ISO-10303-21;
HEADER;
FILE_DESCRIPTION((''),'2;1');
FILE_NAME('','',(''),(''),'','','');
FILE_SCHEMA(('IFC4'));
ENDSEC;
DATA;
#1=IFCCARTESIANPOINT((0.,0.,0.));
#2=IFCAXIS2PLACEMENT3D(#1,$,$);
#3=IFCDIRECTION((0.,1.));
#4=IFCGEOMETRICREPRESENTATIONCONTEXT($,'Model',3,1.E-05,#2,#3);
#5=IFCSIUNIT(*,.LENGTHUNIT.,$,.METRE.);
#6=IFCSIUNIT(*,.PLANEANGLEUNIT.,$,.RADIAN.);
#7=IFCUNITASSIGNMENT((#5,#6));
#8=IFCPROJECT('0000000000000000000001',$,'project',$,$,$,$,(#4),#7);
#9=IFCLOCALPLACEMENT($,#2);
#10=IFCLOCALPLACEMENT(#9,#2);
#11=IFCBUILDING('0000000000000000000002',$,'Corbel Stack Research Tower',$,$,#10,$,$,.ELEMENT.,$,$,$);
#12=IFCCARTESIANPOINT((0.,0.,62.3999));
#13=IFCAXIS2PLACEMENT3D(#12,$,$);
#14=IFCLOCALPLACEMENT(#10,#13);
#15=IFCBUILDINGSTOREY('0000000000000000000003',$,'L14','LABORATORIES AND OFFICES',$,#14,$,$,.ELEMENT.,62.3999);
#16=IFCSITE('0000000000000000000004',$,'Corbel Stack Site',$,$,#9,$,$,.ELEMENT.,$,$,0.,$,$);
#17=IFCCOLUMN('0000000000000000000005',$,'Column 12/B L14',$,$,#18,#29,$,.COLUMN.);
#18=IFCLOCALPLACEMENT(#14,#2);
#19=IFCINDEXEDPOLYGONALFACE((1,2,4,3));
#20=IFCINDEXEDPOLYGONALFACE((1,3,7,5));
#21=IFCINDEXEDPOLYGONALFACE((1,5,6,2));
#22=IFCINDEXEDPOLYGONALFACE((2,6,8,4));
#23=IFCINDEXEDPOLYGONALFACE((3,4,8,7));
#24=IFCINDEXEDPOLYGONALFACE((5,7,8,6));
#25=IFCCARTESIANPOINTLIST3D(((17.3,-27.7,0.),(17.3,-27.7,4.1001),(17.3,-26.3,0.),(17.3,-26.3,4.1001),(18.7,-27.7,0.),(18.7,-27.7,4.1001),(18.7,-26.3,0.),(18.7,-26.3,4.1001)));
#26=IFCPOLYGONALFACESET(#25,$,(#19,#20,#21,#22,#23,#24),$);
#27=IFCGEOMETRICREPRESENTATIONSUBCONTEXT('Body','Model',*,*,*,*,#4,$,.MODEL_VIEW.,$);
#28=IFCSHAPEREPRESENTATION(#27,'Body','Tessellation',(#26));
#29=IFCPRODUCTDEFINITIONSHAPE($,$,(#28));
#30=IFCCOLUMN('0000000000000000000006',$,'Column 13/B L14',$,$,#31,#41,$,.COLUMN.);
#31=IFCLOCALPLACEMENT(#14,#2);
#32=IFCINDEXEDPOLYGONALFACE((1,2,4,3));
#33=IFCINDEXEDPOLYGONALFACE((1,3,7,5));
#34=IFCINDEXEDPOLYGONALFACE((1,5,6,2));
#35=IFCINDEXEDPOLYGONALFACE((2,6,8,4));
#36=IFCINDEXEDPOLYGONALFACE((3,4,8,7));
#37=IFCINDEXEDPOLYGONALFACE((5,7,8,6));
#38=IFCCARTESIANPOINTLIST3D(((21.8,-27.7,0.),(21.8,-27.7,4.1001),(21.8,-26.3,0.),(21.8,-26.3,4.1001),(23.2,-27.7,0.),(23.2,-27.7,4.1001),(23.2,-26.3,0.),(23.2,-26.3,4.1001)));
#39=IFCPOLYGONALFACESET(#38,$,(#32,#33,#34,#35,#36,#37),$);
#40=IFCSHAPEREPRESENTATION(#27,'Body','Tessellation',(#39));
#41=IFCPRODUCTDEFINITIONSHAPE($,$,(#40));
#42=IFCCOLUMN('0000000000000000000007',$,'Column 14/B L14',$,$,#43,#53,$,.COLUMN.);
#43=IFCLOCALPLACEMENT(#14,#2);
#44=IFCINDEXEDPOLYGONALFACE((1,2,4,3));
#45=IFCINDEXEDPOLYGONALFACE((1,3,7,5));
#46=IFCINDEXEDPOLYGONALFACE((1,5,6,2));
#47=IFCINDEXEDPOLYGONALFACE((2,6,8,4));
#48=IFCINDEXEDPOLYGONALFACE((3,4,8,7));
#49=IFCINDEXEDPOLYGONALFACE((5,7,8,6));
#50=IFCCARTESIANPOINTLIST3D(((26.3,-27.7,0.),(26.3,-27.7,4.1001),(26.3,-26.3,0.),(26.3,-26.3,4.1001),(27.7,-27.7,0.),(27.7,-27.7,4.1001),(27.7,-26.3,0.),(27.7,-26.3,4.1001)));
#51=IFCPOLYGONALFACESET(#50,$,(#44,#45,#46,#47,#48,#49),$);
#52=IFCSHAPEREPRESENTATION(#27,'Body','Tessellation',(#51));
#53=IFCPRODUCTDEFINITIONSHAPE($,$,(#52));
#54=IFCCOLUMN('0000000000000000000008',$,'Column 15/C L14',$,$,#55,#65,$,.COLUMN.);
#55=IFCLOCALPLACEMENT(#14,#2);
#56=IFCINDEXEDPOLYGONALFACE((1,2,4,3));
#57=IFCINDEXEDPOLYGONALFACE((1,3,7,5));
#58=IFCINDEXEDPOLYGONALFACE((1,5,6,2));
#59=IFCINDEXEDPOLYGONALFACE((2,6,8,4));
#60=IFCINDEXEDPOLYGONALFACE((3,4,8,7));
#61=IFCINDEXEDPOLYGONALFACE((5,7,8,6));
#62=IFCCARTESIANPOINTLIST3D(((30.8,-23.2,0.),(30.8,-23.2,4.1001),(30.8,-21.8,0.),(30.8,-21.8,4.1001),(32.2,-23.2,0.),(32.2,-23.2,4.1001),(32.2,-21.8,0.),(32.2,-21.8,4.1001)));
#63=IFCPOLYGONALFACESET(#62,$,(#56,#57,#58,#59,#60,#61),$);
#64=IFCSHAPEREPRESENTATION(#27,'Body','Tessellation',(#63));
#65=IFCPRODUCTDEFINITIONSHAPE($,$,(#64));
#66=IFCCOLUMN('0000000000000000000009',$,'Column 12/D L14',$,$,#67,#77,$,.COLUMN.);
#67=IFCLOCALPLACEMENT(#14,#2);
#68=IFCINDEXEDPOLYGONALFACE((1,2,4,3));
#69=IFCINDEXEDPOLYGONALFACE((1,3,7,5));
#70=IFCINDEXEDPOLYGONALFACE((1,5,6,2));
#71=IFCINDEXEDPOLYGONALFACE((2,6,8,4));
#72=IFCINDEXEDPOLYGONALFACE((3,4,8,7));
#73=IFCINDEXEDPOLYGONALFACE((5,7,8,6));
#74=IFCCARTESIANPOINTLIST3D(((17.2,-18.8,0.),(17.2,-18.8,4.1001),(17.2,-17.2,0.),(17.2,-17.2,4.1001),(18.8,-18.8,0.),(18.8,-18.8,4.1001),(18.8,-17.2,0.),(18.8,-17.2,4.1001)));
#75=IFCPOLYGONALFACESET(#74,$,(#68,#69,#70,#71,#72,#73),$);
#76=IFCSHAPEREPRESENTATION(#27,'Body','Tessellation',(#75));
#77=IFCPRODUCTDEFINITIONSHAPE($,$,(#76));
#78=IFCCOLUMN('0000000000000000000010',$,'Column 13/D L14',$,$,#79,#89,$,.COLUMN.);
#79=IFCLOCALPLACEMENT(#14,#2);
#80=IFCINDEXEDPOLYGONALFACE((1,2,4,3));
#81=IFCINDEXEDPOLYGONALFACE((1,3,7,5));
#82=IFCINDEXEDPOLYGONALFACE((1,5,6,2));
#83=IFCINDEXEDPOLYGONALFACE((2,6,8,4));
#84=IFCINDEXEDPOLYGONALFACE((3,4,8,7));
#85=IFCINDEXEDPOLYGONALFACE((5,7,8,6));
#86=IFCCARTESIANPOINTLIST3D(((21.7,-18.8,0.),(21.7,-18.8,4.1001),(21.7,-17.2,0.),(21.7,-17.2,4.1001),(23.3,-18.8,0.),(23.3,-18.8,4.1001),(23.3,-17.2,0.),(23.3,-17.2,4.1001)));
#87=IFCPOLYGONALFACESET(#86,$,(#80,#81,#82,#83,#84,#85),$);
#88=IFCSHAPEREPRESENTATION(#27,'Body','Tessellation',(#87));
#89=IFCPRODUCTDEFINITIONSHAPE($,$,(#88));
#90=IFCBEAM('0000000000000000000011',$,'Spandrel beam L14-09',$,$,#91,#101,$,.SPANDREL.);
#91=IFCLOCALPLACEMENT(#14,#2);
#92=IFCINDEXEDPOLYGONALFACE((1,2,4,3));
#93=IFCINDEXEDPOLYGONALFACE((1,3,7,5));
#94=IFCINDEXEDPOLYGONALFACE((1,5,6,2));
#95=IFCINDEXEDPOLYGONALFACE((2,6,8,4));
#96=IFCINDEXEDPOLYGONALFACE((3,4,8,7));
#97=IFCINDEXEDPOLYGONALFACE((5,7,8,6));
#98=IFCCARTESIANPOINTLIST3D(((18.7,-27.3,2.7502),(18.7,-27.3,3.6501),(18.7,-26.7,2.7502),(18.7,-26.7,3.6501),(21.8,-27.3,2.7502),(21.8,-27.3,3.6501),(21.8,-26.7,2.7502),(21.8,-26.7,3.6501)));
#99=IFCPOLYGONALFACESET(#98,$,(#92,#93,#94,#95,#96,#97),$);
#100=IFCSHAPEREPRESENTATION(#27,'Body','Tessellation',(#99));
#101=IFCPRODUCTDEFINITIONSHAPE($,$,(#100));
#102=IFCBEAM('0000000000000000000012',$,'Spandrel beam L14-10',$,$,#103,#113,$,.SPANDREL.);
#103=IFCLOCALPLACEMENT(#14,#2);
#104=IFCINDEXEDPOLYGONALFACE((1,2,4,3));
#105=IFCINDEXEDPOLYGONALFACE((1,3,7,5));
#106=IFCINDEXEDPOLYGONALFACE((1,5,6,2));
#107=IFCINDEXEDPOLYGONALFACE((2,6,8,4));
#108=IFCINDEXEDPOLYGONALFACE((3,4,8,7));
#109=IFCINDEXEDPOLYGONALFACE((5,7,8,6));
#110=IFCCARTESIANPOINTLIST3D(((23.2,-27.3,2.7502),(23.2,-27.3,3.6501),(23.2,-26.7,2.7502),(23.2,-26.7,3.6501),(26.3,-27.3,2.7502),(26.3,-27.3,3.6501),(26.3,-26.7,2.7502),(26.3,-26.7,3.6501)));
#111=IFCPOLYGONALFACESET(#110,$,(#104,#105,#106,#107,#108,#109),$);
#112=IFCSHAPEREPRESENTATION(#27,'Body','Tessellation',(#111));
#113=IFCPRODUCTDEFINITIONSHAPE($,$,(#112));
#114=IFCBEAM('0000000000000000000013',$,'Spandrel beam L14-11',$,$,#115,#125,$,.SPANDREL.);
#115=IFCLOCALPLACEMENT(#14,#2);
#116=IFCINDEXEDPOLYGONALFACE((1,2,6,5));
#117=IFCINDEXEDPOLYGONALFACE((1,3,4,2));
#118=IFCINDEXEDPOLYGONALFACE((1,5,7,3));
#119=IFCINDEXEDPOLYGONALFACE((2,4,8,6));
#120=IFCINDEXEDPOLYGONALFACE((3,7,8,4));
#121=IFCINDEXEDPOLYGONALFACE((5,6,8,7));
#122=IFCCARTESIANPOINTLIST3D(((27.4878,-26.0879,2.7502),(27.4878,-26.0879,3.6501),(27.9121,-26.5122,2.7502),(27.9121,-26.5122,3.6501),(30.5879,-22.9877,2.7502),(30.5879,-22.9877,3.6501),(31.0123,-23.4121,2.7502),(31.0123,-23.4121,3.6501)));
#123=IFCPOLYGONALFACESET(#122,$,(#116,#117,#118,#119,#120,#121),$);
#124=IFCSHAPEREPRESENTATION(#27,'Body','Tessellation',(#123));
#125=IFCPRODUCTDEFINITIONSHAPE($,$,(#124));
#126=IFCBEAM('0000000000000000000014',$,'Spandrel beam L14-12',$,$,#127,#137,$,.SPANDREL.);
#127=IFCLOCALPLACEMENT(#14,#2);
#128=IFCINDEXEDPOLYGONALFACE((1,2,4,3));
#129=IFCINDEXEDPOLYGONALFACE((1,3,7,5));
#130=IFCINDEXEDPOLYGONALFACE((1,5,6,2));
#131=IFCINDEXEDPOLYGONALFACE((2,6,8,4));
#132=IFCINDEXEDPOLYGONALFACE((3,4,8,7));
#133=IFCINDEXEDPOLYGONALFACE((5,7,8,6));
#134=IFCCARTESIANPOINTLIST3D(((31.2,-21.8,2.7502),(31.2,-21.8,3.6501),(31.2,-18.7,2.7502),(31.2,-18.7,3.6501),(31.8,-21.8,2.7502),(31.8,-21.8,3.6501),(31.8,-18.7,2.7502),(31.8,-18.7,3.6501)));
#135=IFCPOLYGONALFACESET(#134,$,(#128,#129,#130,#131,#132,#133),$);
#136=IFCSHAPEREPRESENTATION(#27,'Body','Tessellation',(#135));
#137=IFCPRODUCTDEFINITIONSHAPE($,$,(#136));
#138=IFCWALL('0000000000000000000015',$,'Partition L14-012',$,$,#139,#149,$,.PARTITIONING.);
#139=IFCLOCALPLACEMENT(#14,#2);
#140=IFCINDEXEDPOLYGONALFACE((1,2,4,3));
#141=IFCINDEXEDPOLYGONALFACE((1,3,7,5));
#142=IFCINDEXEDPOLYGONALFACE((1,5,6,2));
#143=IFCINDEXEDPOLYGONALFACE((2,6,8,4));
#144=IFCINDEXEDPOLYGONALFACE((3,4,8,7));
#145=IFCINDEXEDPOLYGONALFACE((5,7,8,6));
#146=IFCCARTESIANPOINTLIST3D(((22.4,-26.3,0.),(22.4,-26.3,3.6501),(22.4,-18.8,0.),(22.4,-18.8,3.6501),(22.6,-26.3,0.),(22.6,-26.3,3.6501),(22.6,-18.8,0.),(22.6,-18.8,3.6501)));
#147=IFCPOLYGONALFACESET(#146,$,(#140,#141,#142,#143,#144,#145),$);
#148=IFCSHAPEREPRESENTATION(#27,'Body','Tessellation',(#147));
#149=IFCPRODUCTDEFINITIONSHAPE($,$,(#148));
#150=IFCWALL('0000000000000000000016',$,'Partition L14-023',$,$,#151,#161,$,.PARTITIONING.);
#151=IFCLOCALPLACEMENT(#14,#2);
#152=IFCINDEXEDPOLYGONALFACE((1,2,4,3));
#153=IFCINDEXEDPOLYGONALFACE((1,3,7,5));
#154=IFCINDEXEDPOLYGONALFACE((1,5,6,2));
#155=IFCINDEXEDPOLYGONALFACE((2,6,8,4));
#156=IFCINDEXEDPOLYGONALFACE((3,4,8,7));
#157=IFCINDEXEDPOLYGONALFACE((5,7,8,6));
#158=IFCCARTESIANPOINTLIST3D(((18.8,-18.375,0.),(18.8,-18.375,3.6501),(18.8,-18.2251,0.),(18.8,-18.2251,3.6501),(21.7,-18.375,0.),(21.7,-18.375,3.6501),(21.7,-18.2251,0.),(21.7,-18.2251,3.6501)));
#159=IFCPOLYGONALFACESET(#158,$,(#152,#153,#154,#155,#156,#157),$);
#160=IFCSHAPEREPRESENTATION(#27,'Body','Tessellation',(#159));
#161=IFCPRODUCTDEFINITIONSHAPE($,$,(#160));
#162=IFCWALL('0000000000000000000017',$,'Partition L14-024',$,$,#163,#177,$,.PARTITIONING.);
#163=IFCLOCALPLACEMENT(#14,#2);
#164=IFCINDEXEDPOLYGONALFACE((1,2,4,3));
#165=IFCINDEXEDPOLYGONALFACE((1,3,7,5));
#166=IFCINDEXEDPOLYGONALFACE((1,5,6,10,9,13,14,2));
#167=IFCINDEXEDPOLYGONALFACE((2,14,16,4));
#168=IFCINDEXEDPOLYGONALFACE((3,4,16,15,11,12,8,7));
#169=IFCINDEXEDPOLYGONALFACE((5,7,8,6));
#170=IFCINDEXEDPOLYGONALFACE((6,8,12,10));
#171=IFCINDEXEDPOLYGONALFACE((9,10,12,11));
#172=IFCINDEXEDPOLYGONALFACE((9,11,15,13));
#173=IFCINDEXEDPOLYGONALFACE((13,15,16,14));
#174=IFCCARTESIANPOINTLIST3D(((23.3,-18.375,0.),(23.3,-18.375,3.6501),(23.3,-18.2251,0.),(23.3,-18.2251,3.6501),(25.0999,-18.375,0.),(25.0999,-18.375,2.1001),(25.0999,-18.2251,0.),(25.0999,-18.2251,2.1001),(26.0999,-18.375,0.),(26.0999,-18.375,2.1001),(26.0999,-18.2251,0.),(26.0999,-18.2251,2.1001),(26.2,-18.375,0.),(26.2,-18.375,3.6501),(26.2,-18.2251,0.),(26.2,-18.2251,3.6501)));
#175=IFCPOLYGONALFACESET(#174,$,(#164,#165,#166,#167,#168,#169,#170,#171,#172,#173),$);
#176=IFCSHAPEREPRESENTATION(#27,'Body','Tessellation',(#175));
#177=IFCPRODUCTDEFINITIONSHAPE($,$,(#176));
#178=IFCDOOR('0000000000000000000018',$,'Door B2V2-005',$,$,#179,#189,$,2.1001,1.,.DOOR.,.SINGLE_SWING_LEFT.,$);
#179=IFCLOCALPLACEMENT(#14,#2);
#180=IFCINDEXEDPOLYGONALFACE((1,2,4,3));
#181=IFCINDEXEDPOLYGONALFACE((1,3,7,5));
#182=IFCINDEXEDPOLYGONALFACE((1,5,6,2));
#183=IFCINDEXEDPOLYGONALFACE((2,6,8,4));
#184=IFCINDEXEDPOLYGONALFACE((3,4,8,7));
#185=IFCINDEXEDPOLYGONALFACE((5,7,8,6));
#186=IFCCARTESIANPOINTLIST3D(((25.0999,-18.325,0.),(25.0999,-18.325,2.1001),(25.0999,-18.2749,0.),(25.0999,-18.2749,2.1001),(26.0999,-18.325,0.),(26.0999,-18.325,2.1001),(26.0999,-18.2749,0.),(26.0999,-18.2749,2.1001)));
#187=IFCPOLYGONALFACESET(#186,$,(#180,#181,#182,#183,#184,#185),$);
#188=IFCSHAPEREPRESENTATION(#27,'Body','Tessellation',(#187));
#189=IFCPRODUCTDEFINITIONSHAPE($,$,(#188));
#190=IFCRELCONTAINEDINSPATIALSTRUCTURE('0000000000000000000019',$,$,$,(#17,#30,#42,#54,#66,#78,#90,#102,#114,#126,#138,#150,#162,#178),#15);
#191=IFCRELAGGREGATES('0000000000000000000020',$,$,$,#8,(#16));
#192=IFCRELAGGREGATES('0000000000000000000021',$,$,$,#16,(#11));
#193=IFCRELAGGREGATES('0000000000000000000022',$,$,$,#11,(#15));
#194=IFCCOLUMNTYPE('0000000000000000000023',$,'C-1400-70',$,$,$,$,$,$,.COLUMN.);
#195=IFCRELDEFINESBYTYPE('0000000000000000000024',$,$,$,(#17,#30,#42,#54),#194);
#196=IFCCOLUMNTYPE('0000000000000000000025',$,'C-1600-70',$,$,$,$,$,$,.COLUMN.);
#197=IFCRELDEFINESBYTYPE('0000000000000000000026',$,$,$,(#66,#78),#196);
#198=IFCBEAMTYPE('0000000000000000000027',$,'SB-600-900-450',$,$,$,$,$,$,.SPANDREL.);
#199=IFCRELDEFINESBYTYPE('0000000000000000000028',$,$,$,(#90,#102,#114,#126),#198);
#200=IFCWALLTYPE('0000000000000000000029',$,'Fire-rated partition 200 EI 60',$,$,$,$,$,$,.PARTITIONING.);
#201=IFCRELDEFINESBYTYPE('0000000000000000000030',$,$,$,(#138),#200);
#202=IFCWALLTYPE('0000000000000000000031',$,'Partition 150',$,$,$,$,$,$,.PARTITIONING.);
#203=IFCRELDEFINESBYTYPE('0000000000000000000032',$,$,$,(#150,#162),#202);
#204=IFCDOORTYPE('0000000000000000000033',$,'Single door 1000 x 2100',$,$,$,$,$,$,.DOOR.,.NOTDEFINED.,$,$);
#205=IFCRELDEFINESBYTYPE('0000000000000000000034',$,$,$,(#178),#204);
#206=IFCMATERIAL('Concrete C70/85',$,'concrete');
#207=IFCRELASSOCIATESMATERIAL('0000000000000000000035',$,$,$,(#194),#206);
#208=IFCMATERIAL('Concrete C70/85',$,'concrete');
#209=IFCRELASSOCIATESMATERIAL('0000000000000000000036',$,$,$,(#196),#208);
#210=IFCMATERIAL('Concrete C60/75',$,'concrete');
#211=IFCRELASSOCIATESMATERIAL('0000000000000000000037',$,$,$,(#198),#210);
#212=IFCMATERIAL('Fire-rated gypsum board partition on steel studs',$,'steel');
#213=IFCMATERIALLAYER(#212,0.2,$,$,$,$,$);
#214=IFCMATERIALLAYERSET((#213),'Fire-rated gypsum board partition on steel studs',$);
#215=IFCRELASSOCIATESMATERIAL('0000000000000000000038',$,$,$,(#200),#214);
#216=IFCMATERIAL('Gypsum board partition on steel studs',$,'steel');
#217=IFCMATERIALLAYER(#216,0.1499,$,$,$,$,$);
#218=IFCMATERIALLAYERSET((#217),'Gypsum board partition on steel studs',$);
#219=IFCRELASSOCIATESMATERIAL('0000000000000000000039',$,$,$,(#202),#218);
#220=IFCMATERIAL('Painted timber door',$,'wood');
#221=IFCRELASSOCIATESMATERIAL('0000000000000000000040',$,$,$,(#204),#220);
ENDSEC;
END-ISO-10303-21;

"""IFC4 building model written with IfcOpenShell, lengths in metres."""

from ifc_helpers import new_model, si_unit, direction, frame, frame_2d, origin, origin_2d, place, context, subcontext, project, spatial, rectangle, extrude, material, layer, layer_set, material_profile, profile_set, type_object, element, fill, save


model = new_model("IFC4")

# Units and contexts
model_context = context("Model", 3, precision=1e-05, world=origin(), true_north=direction((0.0, 1.0)))
body_context = subcontext(model_context, "Body", "Model", "MODEL_VIEW")
ifc_project = project(units=[si_unit("LENGTHUNIT", "METRE"), si_unit("PLANEANGLEUNIT", "RADIAN")], contexts=[model_context])

# Site, building, storey
site_placement = place(None, origin())
site = spatial("IfcSite", under=ifc_project, at=site_placement, Name="Corbel Stack Site", CompositionType="ELEMENT", RefElevation=0.0)
building_placement = place(site_placement, origin())
building = spatial("IfcBuilding", under=site, at=building_placement, Name="Corbel Stack Research Tower", CompositionType="ELEMENT")
storey_placement = place(building_placement, frame((0.0, 0.0, 62.3999)))
storey = spatial("IfcBuildingStorey", under=building, at=storey_placement, Name="L14", Description="LABORATORIES AND OFFICES", CompositionType="ELEMENT", Elevation=62.3999)

# Columns
ifc_material_1 = material(Name="Concrete C70/85", Category="concrete")
ifc_material_profile_1 = material_profile(ifc_material_1, rectangle(XDim=1.3999, YDim=1.3999, at=origin_2d()), Name="RC 1400 x 1400")
ifc_profile_set_1 = profile_set([ifc_material_profile_1], Name="Concrete C70/85")
column_type_1 = type_object("IfcColumnType", Name="C-1400-70", PredefinedType="COLUMN", material=ifc_profile_set_1)
for number, where, z_axis, x_axis, name in (
    (1, (18.0, -27.0, 0.0), (0.0, 0.0, 1.0), (1.0, 0.0, 0.0), "Column 12/B L14"),
    (2, (22.5, -27.0, 0.0), (0.0, 0.0, 1.0), (1.0, 0.0, 0.0), "Column 13/B L14"),
    (3, (27.0, -27.0, 0.0), (0.0, 0.0, 1.0), (1.0, 0.0, 0.0), "Column 14/B L14"),
    (4, (31.5, -22.5, 0.0), (0.0, 0.0, 1.0), (1.0, 0.0, 0.0), "Column 15/C L14"),
):
    element("IfcColumn", number, at=place(storey_placement, frame(where, z_axis=z_axis, x_axis=x_axis)), inside=storey, type_object=column_type_1, Name=name, PredefinedType="COLUMN", context=body_context, shape_type="SweptSolid", body=[
        extrude(rectangle(XDim=1.3999, YDim=1.3999, at=origin_2d()), origin(), (0.0, 0.0, 1.0), 4.1001),
    ])
ifc_material_2 = material(Name="Concrete C70/85", Category="concrete")
ifc_material_profile_2 = material_profile(ifc_material_2, rectangle(XDim=1.6001, YDim=1.6001, at=origin_2d()), Name="RC 1600 x 1600")
ifc_profile_set_2 = profile_set([ifc_material_profile_2], Name="Concrete C70/85")
column_type_2 = type_object("IfcColumnType", Name="C-1600-70", PredefinedType="COLUMN", material=ifc_profile_set_2)
for number, where, z_axis, x_axis, name in (
    (5, (18.0, -18.0, 0.0), (0.0, 0.0, 1.0), (1.0, 0.0, 0.0), "Column 12/D L14"),
    (6, (22.5, -18.0, 0.0), (0.0, 0.0, 1.0), (1.0, 0.0, 0.0), "Column 13/D L14"),
):
    element("IfcColumn", number, at=place(storey_placement, frame(where, z_axis=z_axis, x_axis=x_axis)), inside=storey, type_object=column_type_2, Name=name, PredefinedType="COLUMN", context=body_context, shape_type="SweptSolid", body=[
        extrude(rectangle(XDim=1.6001, YDim=1.6001, at=origin_2d()), origin(), (0.0, 0.0, 1.0), 4.1001),
    ])

# Beams
ifc_material_3 = material(Name="Concrete C60/75", Category="concrete")
ifc_material_profile_3 = material_profile(ifc_material_3, rectangle(XDim=0.6001, YDim=0.8999, at=origin_2d()), Name="RC 600 x 900")
ifc_profile_set_3 = profile_set([ifc_material_profile_3], Name="Concrete C60/75")
beam_type = type_object("IfcBeamType", Name="SB-600-900-450", PredefinedType="SPANDREL", material=ifc_profile_set_3)
for number, where, z_axis, x_axis, name in (
    (7, (18.7, -27.0, 3.2002), (1.0, 0.0, 0.0), (0.0, 1.0, 0.0), "Spandrel beam L14-09"),
    (8, (23.2, -27.0, 3.2002), (1.0, 0.0, 0.0), (0.0, 1.0, 0.0), "Spandrel beam L14-10"),
):
    element("IfcBeam", number, at=place(storey_placement, frame(where, z_axis=z_axis, x_axis=x_axis)), inside=storey, type_object=beam_type, Name=name, PredefinedType="SPANDREL", context=body_context, shape_type="SweptSolid", body=[
        extrude(rectangle(XDim=0.6001, YDim=0.8999, at=origin_2d()), origin(), (0.0, 0.0, 1.0), 3.1001),
    ])
beam_1_placement = place(storey_placement, frame((27.7, -26.3, 3.2002), z_axis=(0.707107, 0.707107, 0.0), x_axis=(-0.707107, 0.707107, 0.0)))
element("IfcBeam", 9, at=beam_1_placement, inside=storey, type_object=beam_type, Name="Spandrel beam L14-11", PredefinedType="SPANDREL", context=body_context, shape_type="SweptSolid", body=[
    extrude(rectangle(XDim=0.6001, YDim=0.8999, at=origin_2d()), origin(), (0.0, 0.0, 1.0), 4.3843),
])
beam_2_placement = place(storey_placement, frame((31.5, -21.8, 3.2002), z_axis=(0.0, 1.0, 0.0), x_axis=(-1.0, 0.0, 0.0)))
element("IfcBeam", 10, at=beam_2_placement, inside=storey, type_object=beam_type, Name="Spandrel beam L14-12", PredefinedType="SPANDREL", context=body_context, shape_type="SweptSolid", body=[
    extrude(rectangle(XDim=0.6001, YDim=0.8999, at=origin_2d()), origin(), (0.0, 0.0, 1.0), 3.1001),
])

# Walls
ifc_material_4 = material(Name="Fire-rated gypsum board partition on steel studs", Category="steel")
ifc_layer_1 = layer(ifc_material_4, 0.2)
ifc_layer_set_1 = layer_set([ifc_layer_1], Name="Fire-rated gypsum board partition on steel studs")
wall_type_1 = type_object("IfcWallType", Name="Fire-rated partition 200 EI 60", PredefinedType="PARTITIONING", material=ifc_layer_set_1)
wall_1_placement = place(storey_placement, frame((22.5, -26.3, 0.0), z_axis=(0.0, 0.0, 1.0), x_axis=(0.0, 1.0, 0.0)))
element("IfcWall", 11, at=wall_1_placement, inside=storey, type_object=wall_type_1, Name="Partition L14-012", PredefinedType="PARTITIONING", context=body_context, shape_type="SweptSolid", body=[
    extrude(rectangle(XDim=7.5, YDim=0.2, at=frame_2d((3.75, 0.0))), origin(), (0.0, 0.0, 1.0), 3.6501),
])
ifc_material_5 = material(Name="Gypsum board partition on steel studs", Category="steel")
ifc_layer_2 = layer(ifc_material_5, 0.1499)
ifc_layer_set_2 = layer_set([ifc_layer_2], Name="Gypsum board partition on steel studs")
wall_type_2 = type_object("IfcWallType", Name="Partition 150", PredefinedType="PARTITIONING", material=ifc_layer_set_2)
wall_2_placement = place(storey_placement, frame((18.8, -18.3, 0.0), z_axis=(0.0, 0.0, 1.0), x_axis=(1.0, 0.0, 0.0)))
element("IfcWall", 12, at=wall_2_placement, inside=storey, type_object=wall_type_2, Name="Partition L14-023", PredefinedType="PARTITIONING", context=body_context, shape_type="SweptSolid", body=[
    extrude(rectangle(XDim=2.8999, YDim=0.1499, at=frame_2d((1.45, 0.0))), origin(), (0.0, 0.0, 1.0), 3.6501),
])

# Wall, opening, door
wall_3_placement = place(storey_placement, frame((26.2, -18.3, 0.0), z_axis=(0.0, 0.0, 1.0), x_axis=(-1.0, 0.0, 0.0)))
wall_3 = element("IfcWall", 13, at=wall_3_placement, inside=storey, type_object=wall_type_2, Name="Partition L14-024", PredefinedType="PARTITIONING", context=body_context, shape_type="SweptSolid", body=[
    extrude(rectangle(XDim=2.8999, YDim=0.1499, at=frame_2d((1.45, 0.0))), origin(), (0.0, 0.0, 1.0), 3.6501),
])
opening_1_placement = place(wall_3_placement, frame((0.1001, 0.0, 0.0)))
opening_1 = element("IfcOpeningElement", 14, at=opening_1_placement, cuts=wall_3, PredefinedType="OPENING", context=body_context, shape_type="SweptSolid", body=[
    extrude(rectangle(XDim=1.0, YDim=2.1001, at=frame_2d((0.5, 1.05))), frame((0.0, 0.085, 0.0), z_axis=(0.0, -1.0, 0.0), x_axis=(1.0, 0.0, 0.0)), (0.0, 0.0, 1.0), 0.1699),
])
ifc_material_6 = material(Name="Painted timber door", Category="wood")
door_type_1 = type_object("IfcDoorType", Name="Single door 1000 x 2100", OperationType="NOTDEFINED", PredefinedType="DOOR", material=ifc_material_6)
door_1_placement = place(opening_1_placement, origin())
door_1 = element("IfcDoor", 15, at=door_1_placement, inside=storey, type_object=door_type_1, Name="Door B2V2-005", OperationType="SINGLE_SWING_LEFT", OverallHeight=2.1001, OverallWidth=1.0, PredefinedType="DOOR", context=body_context, shape_type="SweptSolid", body=[
    extrude(rectangle(XDim=1.0, YDim=2.1001, at=frame_2d((0.5, 1.05))), frame((0.0, 0.0249, 0.0), z_axis=(0.0, -1.0, 0.0), x_axis=(1.0, 0.0, 0.0)), (0.0, 0.0, 1.0), 0.05),
])
fill(opening_1, door_1)

save(model, "model.ifc")
